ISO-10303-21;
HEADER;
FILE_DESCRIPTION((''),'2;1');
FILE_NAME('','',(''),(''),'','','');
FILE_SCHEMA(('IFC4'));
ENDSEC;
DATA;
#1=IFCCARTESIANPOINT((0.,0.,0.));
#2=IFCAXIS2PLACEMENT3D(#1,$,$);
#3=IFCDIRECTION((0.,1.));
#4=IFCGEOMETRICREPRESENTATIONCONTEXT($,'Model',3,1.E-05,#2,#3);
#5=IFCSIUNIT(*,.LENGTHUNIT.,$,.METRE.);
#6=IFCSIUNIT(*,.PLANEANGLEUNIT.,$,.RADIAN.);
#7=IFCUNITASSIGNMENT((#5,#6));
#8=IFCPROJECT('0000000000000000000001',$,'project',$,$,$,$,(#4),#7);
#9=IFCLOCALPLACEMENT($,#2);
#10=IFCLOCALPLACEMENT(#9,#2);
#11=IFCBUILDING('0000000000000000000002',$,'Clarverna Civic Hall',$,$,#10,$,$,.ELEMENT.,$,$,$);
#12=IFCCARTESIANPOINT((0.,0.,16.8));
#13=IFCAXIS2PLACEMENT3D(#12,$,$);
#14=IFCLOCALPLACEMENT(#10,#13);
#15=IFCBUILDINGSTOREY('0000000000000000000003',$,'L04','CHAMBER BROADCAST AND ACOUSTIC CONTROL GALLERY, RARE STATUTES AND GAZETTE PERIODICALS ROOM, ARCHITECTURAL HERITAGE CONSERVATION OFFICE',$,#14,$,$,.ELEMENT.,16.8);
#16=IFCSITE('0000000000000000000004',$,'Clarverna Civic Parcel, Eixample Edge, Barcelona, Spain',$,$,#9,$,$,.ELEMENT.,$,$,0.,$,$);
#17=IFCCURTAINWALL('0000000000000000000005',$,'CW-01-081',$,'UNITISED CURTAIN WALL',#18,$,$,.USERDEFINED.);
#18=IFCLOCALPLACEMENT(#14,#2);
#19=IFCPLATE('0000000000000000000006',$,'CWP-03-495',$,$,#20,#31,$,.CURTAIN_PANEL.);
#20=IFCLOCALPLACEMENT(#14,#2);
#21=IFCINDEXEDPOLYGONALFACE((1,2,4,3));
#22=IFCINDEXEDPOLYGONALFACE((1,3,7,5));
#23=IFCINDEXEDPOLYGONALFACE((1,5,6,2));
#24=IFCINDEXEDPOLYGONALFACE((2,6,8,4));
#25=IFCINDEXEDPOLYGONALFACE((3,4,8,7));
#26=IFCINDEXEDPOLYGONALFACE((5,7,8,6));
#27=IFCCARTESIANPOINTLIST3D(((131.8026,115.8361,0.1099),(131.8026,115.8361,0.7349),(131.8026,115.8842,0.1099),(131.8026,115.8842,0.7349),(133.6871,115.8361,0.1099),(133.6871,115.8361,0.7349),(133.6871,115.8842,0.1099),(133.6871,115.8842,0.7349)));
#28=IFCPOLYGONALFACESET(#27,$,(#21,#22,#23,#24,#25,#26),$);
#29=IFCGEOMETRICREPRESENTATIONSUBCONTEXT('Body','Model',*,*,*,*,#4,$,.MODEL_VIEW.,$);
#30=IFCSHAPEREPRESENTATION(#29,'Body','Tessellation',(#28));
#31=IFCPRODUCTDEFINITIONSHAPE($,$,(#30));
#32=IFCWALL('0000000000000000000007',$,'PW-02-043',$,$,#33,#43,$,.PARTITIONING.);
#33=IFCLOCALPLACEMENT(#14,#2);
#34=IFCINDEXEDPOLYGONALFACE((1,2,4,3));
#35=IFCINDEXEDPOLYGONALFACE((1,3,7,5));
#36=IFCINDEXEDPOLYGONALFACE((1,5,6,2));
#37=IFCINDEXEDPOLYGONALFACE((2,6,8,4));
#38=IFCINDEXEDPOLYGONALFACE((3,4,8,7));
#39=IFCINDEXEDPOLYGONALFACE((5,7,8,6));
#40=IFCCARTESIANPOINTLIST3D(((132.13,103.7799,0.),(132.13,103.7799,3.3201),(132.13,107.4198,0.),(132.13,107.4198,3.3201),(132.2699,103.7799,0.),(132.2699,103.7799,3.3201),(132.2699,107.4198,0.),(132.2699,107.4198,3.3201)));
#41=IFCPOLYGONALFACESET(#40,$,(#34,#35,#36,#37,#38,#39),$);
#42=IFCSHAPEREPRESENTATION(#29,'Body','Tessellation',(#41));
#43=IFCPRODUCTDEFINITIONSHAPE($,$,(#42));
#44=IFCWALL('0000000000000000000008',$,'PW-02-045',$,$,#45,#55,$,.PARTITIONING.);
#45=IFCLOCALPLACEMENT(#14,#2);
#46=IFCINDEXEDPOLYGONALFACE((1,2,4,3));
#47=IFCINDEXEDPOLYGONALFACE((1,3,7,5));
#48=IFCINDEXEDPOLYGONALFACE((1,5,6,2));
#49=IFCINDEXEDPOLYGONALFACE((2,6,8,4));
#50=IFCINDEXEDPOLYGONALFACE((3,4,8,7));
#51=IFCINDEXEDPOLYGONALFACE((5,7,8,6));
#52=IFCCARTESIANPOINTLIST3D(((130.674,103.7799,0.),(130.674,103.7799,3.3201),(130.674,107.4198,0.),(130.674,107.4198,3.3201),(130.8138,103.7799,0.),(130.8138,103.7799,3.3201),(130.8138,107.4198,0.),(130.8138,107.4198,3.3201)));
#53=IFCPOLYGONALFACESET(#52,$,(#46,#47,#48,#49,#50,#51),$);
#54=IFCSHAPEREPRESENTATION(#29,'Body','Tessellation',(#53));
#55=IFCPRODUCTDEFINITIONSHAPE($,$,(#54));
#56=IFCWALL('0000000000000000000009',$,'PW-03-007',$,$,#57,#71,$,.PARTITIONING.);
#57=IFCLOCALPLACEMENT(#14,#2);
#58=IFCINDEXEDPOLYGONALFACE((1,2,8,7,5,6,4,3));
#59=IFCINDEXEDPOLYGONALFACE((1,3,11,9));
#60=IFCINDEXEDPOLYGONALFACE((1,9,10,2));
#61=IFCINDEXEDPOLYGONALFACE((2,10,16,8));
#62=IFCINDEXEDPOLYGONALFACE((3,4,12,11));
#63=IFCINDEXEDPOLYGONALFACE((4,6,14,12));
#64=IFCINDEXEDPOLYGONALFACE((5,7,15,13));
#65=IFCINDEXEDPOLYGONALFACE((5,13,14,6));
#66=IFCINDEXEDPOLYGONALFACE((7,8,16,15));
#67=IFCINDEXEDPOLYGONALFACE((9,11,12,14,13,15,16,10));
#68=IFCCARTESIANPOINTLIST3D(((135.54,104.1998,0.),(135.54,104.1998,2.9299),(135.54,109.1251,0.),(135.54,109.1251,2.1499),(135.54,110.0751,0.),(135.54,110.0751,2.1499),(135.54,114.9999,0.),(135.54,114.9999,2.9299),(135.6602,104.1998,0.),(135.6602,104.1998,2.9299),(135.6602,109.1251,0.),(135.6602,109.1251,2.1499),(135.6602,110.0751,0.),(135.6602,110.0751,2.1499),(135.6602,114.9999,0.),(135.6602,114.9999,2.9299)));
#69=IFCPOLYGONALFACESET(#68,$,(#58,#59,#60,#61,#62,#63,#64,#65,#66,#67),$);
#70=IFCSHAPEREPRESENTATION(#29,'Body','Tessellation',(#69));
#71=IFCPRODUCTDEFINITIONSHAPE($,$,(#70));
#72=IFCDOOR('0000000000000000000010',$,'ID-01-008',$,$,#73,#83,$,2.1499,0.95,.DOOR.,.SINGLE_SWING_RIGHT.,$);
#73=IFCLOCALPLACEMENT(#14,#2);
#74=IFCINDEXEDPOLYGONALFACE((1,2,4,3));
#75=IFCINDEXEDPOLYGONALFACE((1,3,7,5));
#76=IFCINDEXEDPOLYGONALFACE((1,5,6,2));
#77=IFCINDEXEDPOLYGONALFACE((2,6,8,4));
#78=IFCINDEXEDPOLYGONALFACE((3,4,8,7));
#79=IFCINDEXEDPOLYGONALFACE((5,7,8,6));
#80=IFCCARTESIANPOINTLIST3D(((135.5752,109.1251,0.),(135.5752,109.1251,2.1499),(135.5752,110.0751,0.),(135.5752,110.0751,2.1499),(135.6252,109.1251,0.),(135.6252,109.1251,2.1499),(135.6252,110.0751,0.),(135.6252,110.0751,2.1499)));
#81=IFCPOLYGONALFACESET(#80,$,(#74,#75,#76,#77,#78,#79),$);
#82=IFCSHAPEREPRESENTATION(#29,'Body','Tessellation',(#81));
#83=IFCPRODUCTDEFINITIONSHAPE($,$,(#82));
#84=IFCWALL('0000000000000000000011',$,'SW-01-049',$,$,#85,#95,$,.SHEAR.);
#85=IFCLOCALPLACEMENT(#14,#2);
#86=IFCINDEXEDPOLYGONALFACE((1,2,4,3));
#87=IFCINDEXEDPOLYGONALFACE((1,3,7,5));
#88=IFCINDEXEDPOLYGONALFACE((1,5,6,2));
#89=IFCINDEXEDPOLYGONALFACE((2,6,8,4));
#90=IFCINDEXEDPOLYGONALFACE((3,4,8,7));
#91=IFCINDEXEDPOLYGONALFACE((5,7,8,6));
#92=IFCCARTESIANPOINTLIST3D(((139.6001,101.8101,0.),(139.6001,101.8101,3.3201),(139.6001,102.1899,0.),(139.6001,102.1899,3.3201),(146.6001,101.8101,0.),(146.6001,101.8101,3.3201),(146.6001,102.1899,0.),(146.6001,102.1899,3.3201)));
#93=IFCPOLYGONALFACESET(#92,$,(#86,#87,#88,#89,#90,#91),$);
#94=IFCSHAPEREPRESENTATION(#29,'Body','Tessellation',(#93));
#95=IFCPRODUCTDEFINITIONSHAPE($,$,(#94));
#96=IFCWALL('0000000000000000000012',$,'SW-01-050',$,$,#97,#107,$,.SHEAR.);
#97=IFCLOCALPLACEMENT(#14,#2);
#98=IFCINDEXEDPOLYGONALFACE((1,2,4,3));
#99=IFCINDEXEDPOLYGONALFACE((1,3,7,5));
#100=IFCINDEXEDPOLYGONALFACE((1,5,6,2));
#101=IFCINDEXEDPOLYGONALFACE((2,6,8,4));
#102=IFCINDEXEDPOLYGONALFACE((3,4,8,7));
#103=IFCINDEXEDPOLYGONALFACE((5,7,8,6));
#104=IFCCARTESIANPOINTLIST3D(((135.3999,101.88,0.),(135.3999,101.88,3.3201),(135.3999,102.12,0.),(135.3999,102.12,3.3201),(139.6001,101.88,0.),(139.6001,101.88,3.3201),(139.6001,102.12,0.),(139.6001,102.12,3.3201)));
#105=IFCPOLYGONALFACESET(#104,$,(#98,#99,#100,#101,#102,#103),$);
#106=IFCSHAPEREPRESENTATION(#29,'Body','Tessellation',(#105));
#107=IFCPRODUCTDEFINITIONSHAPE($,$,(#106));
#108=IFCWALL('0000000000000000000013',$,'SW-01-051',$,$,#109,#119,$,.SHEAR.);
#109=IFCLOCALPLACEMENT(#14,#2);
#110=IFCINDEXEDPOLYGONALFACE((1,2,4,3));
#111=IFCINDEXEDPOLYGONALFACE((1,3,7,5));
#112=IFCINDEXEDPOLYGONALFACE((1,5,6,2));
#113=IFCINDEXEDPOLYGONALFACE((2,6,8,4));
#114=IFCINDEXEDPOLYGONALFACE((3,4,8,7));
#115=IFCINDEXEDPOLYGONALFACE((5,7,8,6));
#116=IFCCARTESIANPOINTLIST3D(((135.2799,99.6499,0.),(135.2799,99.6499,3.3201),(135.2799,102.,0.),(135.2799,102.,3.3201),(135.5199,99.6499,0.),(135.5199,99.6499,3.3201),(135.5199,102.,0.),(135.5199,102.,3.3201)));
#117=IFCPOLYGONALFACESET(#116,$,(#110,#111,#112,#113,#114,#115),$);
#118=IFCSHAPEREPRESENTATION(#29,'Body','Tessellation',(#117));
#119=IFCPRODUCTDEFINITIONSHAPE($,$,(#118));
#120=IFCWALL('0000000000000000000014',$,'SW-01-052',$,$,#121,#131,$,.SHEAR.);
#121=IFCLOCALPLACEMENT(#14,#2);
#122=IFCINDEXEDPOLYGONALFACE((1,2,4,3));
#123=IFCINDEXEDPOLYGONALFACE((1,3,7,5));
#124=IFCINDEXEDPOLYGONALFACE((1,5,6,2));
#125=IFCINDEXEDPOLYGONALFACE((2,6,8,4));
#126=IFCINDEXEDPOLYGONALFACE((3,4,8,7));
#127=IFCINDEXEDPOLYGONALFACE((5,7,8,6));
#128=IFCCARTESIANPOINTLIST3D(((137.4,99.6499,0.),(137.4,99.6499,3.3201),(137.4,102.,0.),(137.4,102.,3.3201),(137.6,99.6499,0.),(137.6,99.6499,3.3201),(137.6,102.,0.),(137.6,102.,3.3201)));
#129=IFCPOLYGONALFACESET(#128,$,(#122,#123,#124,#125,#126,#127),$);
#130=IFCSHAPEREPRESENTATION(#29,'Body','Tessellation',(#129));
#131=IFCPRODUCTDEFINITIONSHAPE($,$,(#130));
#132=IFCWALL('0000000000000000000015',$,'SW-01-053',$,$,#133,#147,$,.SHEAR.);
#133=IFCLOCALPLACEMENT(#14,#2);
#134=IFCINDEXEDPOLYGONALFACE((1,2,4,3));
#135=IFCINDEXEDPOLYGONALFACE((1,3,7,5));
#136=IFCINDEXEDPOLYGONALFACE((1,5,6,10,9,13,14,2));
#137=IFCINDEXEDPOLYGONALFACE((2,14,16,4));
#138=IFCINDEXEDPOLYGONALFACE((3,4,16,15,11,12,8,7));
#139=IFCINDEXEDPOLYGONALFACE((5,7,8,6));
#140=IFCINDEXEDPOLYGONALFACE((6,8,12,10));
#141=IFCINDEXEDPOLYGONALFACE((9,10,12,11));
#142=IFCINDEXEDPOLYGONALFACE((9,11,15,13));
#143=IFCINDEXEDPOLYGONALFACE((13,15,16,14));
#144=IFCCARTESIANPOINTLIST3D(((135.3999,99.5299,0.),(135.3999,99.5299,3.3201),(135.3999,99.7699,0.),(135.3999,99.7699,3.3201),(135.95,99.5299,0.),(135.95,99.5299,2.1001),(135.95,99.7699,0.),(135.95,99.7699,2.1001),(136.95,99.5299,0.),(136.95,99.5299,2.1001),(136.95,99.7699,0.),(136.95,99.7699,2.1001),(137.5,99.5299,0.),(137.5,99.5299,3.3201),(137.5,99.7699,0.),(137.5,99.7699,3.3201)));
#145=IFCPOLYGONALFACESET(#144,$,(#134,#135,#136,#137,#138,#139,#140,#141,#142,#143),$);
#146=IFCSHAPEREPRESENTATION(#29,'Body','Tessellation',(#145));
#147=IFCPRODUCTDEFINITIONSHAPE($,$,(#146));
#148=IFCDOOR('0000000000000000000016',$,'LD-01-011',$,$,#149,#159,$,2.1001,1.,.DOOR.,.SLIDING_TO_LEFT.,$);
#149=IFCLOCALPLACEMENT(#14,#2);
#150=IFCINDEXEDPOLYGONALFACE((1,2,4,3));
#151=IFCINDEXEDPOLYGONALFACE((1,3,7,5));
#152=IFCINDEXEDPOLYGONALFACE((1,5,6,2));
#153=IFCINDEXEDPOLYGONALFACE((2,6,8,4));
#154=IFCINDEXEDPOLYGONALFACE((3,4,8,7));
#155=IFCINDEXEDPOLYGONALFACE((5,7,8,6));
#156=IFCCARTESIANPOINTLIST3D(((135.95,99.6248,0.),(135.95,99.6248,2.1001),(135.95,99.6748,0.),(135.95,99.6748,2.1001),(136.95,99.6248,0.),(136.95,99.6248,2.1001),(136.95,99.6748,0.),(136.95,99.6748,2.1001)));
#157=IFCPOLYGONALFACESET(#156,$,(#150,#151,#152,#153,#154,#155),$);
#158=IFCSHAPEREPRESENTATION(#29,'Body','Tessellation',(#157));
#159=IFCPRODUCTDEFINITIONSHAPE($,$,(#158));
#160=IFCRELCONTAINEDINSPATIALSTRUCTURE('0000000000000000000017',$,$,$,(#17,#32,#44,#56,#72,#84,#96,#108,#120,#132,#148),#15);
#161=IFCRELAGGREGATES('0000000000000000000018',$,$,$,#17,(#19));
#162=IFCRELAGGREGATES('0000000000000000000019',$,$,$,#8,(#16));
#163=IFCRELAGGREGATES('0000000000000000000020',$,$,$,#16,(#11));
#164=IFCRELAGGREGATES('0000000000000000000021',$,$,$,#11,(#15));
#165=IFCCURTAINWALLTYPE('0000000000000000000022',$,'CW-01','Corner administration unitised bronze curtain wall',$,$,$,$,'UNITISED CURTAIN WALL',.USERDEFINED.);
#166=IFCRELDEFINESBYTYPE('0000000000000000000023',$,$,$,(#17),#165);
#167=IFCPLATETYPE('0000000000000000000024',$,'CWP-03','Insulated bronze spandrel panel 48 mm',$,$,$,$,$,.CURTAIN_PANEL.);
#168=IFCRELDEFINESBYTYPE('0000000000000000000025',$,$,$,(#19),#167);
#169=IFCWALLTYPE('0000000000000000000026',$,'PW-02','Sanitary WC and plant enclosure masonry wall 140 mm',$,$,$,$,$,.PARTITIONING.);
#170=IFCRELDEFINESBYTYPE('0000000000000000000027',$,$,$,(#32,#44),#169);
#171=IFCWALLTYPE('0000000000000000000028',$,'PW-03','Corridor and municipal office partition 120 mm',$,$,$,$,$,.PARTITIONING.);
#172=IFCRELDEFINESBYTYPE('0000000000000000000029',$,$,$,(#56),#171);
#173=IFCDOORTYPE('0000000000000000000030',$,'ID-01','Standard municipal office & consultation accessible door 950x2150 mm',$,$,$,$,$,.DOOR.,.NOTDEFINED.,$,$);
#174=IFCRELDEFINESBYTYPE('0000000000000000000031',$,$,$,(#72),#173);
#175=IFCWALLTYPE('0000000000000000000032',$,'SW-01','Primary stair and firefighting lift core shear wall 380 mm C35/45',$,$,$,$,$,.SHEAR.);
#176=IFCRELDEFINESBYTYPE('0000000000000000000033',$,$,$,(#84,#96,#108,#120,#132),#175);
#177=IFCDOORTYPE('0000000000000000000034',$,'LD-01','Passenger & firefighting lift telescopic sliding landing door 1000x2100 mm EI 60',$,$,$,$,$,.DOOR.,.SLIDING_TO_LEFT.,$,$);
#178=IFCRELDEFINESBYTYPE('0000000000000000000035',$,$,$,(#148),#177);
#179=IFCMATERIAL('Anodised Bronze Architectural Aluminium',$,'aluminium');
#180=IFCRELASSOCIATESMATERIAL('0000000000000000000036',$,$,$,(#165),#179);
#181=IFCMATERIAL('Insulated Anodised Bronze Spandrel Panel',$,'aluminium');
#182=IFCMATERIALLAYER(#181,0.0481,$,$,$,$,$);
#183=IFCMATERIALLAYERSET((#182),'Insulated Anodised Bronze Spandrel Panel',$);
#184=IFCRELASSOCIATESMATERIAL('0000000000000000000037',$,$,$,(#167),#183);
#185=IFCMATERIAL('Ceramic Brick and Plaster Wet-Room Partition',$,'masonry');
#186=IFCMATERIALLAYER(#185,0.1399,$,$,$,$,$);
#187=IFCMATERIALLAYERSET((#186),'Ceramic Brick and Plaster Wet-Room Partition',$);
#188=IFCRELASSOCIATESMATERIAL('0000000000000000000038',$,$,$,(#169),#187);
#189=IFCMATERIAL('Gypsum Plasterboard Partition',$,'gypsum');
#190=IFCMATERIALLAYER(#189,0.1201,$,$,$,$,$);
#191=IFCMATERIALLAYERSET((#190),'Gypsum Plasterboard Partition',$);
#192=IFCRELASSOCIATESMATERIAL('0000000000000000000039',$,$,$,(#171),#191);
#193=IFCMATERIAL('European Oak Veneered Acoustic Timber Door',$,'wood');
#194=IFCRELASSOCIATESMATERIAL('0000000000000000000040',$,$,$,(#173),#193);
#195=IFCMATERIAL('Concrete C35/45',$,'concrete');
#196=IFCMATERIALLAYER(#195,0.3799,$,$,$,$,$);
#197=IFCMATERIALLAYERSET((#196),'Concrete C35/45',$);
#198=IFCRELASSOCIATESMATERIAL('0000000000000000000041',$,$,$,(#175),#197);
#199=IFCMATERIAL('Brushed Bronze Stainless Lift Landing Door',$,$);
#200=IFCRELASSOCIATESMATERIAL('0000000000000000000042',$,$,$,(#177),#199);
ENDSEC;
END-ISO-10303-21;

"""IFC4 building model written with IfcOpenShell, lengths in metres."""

from ifc_helpers import new_model, si_unit, direction, frame, frame_2d, origin, place, context, subcontext, project, spatial, rectangle, extrude, material, layer, layer_set, type_object, element, fill, aggregate, save


model = new_model("IFC4")

# Units and contexts
model_context = context("Model", 3, precision=1e-05, world=origin(), true_north=direction((0.0, 1.0)))
body_context = subcontext(model_context, "Body", "Model", "MODEL_VIEW")
ifc_project = project(units=[si_unit("LENGTHUNIT", "METRE"), si_unit("PLANEANGLEUNIT", "RADIAN")], contexts=[model_context])

# Site, building, storey
site_placement = place(None, origin())
site = spatial("IfcSite", under=ifc_project, at=site_placement, Name="Clarverna Civic Parcel, Eixample Edge, Barcelona, Spain", CompositionType="ELEMENT", RefElevation=0.0)
building_placement = place(site_placement, origin())
building = spatial("IfcBuilding", under=site, at=building_placement, Name="Clarverna Civic Hall", CompositionType="ELEMENT")
storey_placement = place(building_placement, frame((0.0, 0.0, 16.8)))
storey = spatial("IfcBuildingStorey", under=building, at=storey_placement, Name="L04", Description="CHAMBER BROADCAST AND ACOUSTIC CONTROL GALLERY, RARE STATUTES AND GAZETTE PERIODICALS ROOM, ARCHITECTURAL HERITAGE CONSERVATION OFFICE", CompositionType="ELEMENT", Elevation=16.8)

# Shared definitions
ifc_material_1 = material(Name="Concrete C35/45", Category="concrete")

# Curtain wall
ifc_material_2 = material(Name="Anodised Bronze Architectural Aluminium", Category="aluminium")
curtain_wall_type = type_object("IfcCurtainWallType", Name="CW-01", Description="Corner administration unitised bronze curtain wall", ElementType="UNITISED CURTAIN WALL", PredefinedType="USERDEFINED", material=ifc_material_2)
curtain_wall_placement = place(storey_placement, origin())
curtain_wall = element("IfcCurtainWall", 1, at=curtain_wall_placement, inside=storey, type_object=curtain_wall_type, Name="CW-01-081", ObjectType="UNITISED CURTAIN WALL", PredefinedType="USERDEFINED")

# Plate
ifc_material_3 = material(Name="Insulated Anodised Bronze Spandrel Panel", Category="aluminium")
ifc_layer_1 = layer(ifc_material_3, 0.0481)
ifc_layer_set_1 = layer_set([ifc_layer_1], Name="Insulated Anodised Bronze Spandrel Panel")
plate_type_1 = type_object("IfcPlateType", Name="CWP-03", Description="Insulated bronze spandrel panel 48 mm", PredefinedType="CURTAIN_PANEL", material=ifc_layer_set_1)
plate_1_placement = place(storey_placement, frame((131.8025, 115.8601, 0.1099), z_axis=(0.0, 0.0, 1.0), x_axis=(1.0, 0.0, 0.0)))
plate_1 = element("IfcPlate", 2, at=plate_1_placement, type_object=plate_type_1, Name="CWP-03-495", PredefinedType="CURTAIN_PANEL", context=body_context, shape_type="SweptSolid", body=[
    extrude(rectangle(XDim=1.8845, YDim=0.0481, at=frame_2d((0.9424, 0.0))), origin(), (0.0, 0.0, 1.0), 0.625),
])
aggregate(curtain_wall, [plate_1])

# Walls
ifc_material_4 = material(Name="Ceramic Brick and Plaster Wet-Room Partition", Category="masonry")
ifc_layer_2 = layer(ifc_material_4, 0.1399)
ifc_layer_set_2 = layer_set([ifc_layer_2], Name="Ceramic Brick and Plaster Wet-Room Partition")
wall_type_1 = type_object("IfcWallType", Name="PW-02", Description="Sanitary WC and plant enclosure masonry wall 140 mm", PredefinedType="PARTITIONING", material=ifc_layer_set_2)
for number, where, z_axis, x_axis, name in (
    (3, (132.2, 103.78, 0.0), (0.0, 0.0, 1.0), (0.0, 1.0, 0.0), "PW-02-043"),
    (4, (130.7439, 103.78, 0.0), (0.0, 0.0, 1.0), (0.0, 1.0, 0.0), "PW-02-045"),
):
    element("IfcWall", number, at=place(storey_placement, frame(where, z_axis=z_axis, x_axis=x_axis)), inside=storey, type_object=wall_type_1, Name=name, PredefinedType="PARTITIONING", context=body_context, shape_type="SweptSolid", body=[
        extrude(rectangle(XDim=3.6399, YDim=0.1399, at=frame_2d((1.8198, 0.0))), origin(), (0.0, 0.0, 1.0), 3.3201),
    ])

# Wall, opening, door
ifc_material_5 = material(Name="European Oak Veneered Acoustic Timber Door", Category="wood")
ifc_material_6 = material(Name="Gypsum Plasterboard Partition", Category="gypsum")
ifc_layer_3 = layer(ifc_material_6, 0.1201)
ifc_layer_set_3 = layer_set([ifc_layer_3], Name="Gypsum Plasterboard Partition")
wall_type_2 = type_object("IfcWallType", Name="PW-03", Description="Corridor and municipal office partition 120 mm", PredefinedType="PARTITIONING", material=ifc_layer_set_3)
wall_1_placement = place(storey_placement, frame((135.6001, 104.2, 0.0), z_axis=(0.0, 0.0, 1.0), x_axis=(0.0, 1.0, 0.0)))
wall_1 = element("IfcWall", 5, at=wall_1_placement, inside=storey, type_object=wall_type_2, Name="PW-03-007", PredefinedType="PARTITIONING", context=body_context, shape_type="SweptSolid", body=[
    extrude(rectangle(XDim=10.8, YDim=0.1201, at=frame_2d((5.3999, 0.0))), origin(), (0.0, 0.0, 1.0), 2.9299),
])
opening_1_placement = place(wall_1_placement, frame((4.925, 0.0, 0.0)))
opening_1 = element("IfcOpeningElement", 6, at=opening_1_placement, cuts=wall_1, PredefinedType="OPENING", context=body_context, shape_type="SweptSolid", body=[
    extrude(rectangle(XDim=0.95, YDim=2.1499, at=frame_2d((0.4751, 1.075))), frame((0.0, 0.0701, 0.0), z_axis=(0.0, -1.0, 0.0), x_axis=(1.0, 0.0, 0.0)), (0.0, 0.0, 1.0), 0.1401),
])
door_type_1 = type_object("IfcDoorType", Name="ID-01", Description="Standard municipal office & consultation accessible door 950x2150 mm", OperationType="NOTDEFINED", PredefinedType="DOOR", material=ifc_material_5)
door_1_placement = place(opening_1_placement, origin())
door_1 = element("IfcDoor", 7, at=door_1_placement, inside=storey, type_object=door_type_1, Name="ID-01-008", OperationType="SINGLE_SWING_RIGHT", OverallHeight=2.1499, OverallWidth=0.95, PredefinedType="DOOR", context=body_context, shape_type="SweptSolid", body=[
    extrude(rectangle(XDim=0.95, YDim=2.1499, at=frame_2d((0.4751, 1.075))), frame((0.0, 0.0249, 0.0), z_axis=(0.0, -1.0, 0.0), x_axis=(1.0, 0.0, 0.0)), (0.0, 0.0, 1.0), 0.05),
])
fill(opening_1, door_1)

# Walls
ifc_layer_4 = layer(ifc_material_1, 0.3799)
ifc_layer_set_4 = layer_set([ifc_layer_4], Name="Concrete C35/45")
wall_type_3 = type_object("IfcWallType", Name="SW-01", Description="Primary stair and firefighting lift core shear wall 380 mm C35/45", PredefinedType="SHEAR", material=ifc_layer_set_4)
wall_2_placement = place(storey_placement, frame((139.6001, 102.0, 0.0), z_axis=(0.0, 0.0, 1.0), x_axis=(1.0, 0.0, 0.0)))
element("IfcWall", 8, at=wall_2_placement, inside=storey, type_object=wall_type_3, Name="SW-01-049", PredefinedType="SHEAR", context=body_context, shape_type="SweptSolid", body=[
    extrude(rectangle(XDim=7.0, YDim=0.3799, at=frame_2d((3.5, 0.0))), origin(), (0.0, 0.0, 1.0), 3.3201),
])
wall_3_placement = place(storey_placement, frame((135.3999, 102.0, 0.0), z_axis=(0.0, 0.0, 1.0), x_axis=(1.0, 0.0, 0.0)))
element("IfcWall", 9, at=wall_3_placement, inside=storey, type_object=wall_type_3, Name="SW-01-050", PredefinedType="SHEAR", context=body_context, shape_type="SweptSolid", body=[
    extrude(rectangle(XDim=4.2002, YDim=0.24, at=frame_2d((2.1001, 0.0))), origin(), (0.0, 0.0, 1.0), 3.3201),
])
wall_4_placement = place(storey_placement, frame((135.3999, 99.6499, 0.0), z_axis=(0.0, 0.0, 1.0), x_axis=(0.0, 1.0, 0.0)))
element("IfcWall", 10, at=wall_4_placement, inside=storey, type_object=wall_type_3, Name="SW-01-051", PredefinedType="SHEAR", context=body_context, shape_type="SweptSolid", body=[
    extrude(rectangle(XDim=2.3501, YDim=0.24, at=frame_2d((1.175, 0.0))), origin(), (0.0, 0.0, 1.0), 3.3201),
])
wall_5_placement = place(storey_placement, frame((137.5, 99.6499, 0.0), z_axis=(0.0, 0.0, 1.0), x_axis=(0.0, 1.0, 0.0)))
element("IfcWall", 11, at=wall_5_placement, inside=storey, type_object=wall_type_3, Name="SW-01-052", PredefinedType="SHEAR", context=body_context, shape_type="SweptSolid", body=[
    extrude(rectangle(XDim=2.3501, YDim=0.2, at=frame_2d((1.175, 0.0))), origin(), (0.0, 0.0, 1.0), 3.3201),
])

# Wall, opening, door
wall_6_placement = place(storey_placement, frame((135.3999, 99.6499, 0.0), z_axis=(0.0, 0.0, 1.0), x_axis=(1.0, 0.0, 0.0)))
wall_6 = element("IfcWall", 12, at=wall_6_placement, inside=storey, type_object=wall_type_3, Name="SW-01-053", PredefinedType="SHEAR", context=body_context, shape_type="SweptSolid", body=[
    extrude(rectangle(XDim=2.1001, YDim=0.24, at=frame_2d((1.05, 0.0))), origin(), (0.0, 0.0, 1.0), 3.3201),
])
opening_2_placement = place(wall_6_placement, frame((0.55, 0.0, 0.0)))
opening_2 = element("IfcOpeningElement", 13, at=opening_2_placement, cuts=wall_6, PredefinedType="OPENING", context=body_context, shape_type="SweptSolid", body=[
    extrude(rectangle(XDim=1.0, YDim=2.1001, at=frame_2d((0.5, 1.05))), frame((0.0, 0.1299, 0.0), z_axis=(0.0, -1.0, 0.0), x_axis=(1.0, 0.0, 0.0)), (0.0, 0.0, 1.0), 0.26),
])
ifc_material_7 = material(Name="Brushed Bronze Stainless Lift Landing Door")
door_type_2 = type_object("IfcDoorType", Name="LD-01", Description="Passenger & firefighting lift telescopic sliding landing door 1000x2100 mm EI 60", OperationType="SLIDING_TO_LEFT", PredefinedType="DOOR", material=ifc_material_7)
door_2_placement = place(opening_2_placement, origin())
door_2 = element("IfcDoor", 14, at=door_2_placement, inside=storey, type_object=door_type_2, Name="LD-01-011", OperationType="SLIDING_TO_LEFT", OverallHeight=2.1001, OverallWidth=1.0, PredefinedType="DOOR", context=body_context, shape_type="SweptSolid", body=[
    extrude(rectangle(XDim=1.0, YDim=2.1001, at=frame_2d((0.5, 1.05))), frame((0.0, 0.0249, 0.0), z_axis=(0.0, -1.0, 0.0), x_axis=(1.0, 0.0, 0.0)), (0.0, 0.0, 1.0), 0.05),
])
fill(opening_2, door_2)

save(model, "model.ifc")
